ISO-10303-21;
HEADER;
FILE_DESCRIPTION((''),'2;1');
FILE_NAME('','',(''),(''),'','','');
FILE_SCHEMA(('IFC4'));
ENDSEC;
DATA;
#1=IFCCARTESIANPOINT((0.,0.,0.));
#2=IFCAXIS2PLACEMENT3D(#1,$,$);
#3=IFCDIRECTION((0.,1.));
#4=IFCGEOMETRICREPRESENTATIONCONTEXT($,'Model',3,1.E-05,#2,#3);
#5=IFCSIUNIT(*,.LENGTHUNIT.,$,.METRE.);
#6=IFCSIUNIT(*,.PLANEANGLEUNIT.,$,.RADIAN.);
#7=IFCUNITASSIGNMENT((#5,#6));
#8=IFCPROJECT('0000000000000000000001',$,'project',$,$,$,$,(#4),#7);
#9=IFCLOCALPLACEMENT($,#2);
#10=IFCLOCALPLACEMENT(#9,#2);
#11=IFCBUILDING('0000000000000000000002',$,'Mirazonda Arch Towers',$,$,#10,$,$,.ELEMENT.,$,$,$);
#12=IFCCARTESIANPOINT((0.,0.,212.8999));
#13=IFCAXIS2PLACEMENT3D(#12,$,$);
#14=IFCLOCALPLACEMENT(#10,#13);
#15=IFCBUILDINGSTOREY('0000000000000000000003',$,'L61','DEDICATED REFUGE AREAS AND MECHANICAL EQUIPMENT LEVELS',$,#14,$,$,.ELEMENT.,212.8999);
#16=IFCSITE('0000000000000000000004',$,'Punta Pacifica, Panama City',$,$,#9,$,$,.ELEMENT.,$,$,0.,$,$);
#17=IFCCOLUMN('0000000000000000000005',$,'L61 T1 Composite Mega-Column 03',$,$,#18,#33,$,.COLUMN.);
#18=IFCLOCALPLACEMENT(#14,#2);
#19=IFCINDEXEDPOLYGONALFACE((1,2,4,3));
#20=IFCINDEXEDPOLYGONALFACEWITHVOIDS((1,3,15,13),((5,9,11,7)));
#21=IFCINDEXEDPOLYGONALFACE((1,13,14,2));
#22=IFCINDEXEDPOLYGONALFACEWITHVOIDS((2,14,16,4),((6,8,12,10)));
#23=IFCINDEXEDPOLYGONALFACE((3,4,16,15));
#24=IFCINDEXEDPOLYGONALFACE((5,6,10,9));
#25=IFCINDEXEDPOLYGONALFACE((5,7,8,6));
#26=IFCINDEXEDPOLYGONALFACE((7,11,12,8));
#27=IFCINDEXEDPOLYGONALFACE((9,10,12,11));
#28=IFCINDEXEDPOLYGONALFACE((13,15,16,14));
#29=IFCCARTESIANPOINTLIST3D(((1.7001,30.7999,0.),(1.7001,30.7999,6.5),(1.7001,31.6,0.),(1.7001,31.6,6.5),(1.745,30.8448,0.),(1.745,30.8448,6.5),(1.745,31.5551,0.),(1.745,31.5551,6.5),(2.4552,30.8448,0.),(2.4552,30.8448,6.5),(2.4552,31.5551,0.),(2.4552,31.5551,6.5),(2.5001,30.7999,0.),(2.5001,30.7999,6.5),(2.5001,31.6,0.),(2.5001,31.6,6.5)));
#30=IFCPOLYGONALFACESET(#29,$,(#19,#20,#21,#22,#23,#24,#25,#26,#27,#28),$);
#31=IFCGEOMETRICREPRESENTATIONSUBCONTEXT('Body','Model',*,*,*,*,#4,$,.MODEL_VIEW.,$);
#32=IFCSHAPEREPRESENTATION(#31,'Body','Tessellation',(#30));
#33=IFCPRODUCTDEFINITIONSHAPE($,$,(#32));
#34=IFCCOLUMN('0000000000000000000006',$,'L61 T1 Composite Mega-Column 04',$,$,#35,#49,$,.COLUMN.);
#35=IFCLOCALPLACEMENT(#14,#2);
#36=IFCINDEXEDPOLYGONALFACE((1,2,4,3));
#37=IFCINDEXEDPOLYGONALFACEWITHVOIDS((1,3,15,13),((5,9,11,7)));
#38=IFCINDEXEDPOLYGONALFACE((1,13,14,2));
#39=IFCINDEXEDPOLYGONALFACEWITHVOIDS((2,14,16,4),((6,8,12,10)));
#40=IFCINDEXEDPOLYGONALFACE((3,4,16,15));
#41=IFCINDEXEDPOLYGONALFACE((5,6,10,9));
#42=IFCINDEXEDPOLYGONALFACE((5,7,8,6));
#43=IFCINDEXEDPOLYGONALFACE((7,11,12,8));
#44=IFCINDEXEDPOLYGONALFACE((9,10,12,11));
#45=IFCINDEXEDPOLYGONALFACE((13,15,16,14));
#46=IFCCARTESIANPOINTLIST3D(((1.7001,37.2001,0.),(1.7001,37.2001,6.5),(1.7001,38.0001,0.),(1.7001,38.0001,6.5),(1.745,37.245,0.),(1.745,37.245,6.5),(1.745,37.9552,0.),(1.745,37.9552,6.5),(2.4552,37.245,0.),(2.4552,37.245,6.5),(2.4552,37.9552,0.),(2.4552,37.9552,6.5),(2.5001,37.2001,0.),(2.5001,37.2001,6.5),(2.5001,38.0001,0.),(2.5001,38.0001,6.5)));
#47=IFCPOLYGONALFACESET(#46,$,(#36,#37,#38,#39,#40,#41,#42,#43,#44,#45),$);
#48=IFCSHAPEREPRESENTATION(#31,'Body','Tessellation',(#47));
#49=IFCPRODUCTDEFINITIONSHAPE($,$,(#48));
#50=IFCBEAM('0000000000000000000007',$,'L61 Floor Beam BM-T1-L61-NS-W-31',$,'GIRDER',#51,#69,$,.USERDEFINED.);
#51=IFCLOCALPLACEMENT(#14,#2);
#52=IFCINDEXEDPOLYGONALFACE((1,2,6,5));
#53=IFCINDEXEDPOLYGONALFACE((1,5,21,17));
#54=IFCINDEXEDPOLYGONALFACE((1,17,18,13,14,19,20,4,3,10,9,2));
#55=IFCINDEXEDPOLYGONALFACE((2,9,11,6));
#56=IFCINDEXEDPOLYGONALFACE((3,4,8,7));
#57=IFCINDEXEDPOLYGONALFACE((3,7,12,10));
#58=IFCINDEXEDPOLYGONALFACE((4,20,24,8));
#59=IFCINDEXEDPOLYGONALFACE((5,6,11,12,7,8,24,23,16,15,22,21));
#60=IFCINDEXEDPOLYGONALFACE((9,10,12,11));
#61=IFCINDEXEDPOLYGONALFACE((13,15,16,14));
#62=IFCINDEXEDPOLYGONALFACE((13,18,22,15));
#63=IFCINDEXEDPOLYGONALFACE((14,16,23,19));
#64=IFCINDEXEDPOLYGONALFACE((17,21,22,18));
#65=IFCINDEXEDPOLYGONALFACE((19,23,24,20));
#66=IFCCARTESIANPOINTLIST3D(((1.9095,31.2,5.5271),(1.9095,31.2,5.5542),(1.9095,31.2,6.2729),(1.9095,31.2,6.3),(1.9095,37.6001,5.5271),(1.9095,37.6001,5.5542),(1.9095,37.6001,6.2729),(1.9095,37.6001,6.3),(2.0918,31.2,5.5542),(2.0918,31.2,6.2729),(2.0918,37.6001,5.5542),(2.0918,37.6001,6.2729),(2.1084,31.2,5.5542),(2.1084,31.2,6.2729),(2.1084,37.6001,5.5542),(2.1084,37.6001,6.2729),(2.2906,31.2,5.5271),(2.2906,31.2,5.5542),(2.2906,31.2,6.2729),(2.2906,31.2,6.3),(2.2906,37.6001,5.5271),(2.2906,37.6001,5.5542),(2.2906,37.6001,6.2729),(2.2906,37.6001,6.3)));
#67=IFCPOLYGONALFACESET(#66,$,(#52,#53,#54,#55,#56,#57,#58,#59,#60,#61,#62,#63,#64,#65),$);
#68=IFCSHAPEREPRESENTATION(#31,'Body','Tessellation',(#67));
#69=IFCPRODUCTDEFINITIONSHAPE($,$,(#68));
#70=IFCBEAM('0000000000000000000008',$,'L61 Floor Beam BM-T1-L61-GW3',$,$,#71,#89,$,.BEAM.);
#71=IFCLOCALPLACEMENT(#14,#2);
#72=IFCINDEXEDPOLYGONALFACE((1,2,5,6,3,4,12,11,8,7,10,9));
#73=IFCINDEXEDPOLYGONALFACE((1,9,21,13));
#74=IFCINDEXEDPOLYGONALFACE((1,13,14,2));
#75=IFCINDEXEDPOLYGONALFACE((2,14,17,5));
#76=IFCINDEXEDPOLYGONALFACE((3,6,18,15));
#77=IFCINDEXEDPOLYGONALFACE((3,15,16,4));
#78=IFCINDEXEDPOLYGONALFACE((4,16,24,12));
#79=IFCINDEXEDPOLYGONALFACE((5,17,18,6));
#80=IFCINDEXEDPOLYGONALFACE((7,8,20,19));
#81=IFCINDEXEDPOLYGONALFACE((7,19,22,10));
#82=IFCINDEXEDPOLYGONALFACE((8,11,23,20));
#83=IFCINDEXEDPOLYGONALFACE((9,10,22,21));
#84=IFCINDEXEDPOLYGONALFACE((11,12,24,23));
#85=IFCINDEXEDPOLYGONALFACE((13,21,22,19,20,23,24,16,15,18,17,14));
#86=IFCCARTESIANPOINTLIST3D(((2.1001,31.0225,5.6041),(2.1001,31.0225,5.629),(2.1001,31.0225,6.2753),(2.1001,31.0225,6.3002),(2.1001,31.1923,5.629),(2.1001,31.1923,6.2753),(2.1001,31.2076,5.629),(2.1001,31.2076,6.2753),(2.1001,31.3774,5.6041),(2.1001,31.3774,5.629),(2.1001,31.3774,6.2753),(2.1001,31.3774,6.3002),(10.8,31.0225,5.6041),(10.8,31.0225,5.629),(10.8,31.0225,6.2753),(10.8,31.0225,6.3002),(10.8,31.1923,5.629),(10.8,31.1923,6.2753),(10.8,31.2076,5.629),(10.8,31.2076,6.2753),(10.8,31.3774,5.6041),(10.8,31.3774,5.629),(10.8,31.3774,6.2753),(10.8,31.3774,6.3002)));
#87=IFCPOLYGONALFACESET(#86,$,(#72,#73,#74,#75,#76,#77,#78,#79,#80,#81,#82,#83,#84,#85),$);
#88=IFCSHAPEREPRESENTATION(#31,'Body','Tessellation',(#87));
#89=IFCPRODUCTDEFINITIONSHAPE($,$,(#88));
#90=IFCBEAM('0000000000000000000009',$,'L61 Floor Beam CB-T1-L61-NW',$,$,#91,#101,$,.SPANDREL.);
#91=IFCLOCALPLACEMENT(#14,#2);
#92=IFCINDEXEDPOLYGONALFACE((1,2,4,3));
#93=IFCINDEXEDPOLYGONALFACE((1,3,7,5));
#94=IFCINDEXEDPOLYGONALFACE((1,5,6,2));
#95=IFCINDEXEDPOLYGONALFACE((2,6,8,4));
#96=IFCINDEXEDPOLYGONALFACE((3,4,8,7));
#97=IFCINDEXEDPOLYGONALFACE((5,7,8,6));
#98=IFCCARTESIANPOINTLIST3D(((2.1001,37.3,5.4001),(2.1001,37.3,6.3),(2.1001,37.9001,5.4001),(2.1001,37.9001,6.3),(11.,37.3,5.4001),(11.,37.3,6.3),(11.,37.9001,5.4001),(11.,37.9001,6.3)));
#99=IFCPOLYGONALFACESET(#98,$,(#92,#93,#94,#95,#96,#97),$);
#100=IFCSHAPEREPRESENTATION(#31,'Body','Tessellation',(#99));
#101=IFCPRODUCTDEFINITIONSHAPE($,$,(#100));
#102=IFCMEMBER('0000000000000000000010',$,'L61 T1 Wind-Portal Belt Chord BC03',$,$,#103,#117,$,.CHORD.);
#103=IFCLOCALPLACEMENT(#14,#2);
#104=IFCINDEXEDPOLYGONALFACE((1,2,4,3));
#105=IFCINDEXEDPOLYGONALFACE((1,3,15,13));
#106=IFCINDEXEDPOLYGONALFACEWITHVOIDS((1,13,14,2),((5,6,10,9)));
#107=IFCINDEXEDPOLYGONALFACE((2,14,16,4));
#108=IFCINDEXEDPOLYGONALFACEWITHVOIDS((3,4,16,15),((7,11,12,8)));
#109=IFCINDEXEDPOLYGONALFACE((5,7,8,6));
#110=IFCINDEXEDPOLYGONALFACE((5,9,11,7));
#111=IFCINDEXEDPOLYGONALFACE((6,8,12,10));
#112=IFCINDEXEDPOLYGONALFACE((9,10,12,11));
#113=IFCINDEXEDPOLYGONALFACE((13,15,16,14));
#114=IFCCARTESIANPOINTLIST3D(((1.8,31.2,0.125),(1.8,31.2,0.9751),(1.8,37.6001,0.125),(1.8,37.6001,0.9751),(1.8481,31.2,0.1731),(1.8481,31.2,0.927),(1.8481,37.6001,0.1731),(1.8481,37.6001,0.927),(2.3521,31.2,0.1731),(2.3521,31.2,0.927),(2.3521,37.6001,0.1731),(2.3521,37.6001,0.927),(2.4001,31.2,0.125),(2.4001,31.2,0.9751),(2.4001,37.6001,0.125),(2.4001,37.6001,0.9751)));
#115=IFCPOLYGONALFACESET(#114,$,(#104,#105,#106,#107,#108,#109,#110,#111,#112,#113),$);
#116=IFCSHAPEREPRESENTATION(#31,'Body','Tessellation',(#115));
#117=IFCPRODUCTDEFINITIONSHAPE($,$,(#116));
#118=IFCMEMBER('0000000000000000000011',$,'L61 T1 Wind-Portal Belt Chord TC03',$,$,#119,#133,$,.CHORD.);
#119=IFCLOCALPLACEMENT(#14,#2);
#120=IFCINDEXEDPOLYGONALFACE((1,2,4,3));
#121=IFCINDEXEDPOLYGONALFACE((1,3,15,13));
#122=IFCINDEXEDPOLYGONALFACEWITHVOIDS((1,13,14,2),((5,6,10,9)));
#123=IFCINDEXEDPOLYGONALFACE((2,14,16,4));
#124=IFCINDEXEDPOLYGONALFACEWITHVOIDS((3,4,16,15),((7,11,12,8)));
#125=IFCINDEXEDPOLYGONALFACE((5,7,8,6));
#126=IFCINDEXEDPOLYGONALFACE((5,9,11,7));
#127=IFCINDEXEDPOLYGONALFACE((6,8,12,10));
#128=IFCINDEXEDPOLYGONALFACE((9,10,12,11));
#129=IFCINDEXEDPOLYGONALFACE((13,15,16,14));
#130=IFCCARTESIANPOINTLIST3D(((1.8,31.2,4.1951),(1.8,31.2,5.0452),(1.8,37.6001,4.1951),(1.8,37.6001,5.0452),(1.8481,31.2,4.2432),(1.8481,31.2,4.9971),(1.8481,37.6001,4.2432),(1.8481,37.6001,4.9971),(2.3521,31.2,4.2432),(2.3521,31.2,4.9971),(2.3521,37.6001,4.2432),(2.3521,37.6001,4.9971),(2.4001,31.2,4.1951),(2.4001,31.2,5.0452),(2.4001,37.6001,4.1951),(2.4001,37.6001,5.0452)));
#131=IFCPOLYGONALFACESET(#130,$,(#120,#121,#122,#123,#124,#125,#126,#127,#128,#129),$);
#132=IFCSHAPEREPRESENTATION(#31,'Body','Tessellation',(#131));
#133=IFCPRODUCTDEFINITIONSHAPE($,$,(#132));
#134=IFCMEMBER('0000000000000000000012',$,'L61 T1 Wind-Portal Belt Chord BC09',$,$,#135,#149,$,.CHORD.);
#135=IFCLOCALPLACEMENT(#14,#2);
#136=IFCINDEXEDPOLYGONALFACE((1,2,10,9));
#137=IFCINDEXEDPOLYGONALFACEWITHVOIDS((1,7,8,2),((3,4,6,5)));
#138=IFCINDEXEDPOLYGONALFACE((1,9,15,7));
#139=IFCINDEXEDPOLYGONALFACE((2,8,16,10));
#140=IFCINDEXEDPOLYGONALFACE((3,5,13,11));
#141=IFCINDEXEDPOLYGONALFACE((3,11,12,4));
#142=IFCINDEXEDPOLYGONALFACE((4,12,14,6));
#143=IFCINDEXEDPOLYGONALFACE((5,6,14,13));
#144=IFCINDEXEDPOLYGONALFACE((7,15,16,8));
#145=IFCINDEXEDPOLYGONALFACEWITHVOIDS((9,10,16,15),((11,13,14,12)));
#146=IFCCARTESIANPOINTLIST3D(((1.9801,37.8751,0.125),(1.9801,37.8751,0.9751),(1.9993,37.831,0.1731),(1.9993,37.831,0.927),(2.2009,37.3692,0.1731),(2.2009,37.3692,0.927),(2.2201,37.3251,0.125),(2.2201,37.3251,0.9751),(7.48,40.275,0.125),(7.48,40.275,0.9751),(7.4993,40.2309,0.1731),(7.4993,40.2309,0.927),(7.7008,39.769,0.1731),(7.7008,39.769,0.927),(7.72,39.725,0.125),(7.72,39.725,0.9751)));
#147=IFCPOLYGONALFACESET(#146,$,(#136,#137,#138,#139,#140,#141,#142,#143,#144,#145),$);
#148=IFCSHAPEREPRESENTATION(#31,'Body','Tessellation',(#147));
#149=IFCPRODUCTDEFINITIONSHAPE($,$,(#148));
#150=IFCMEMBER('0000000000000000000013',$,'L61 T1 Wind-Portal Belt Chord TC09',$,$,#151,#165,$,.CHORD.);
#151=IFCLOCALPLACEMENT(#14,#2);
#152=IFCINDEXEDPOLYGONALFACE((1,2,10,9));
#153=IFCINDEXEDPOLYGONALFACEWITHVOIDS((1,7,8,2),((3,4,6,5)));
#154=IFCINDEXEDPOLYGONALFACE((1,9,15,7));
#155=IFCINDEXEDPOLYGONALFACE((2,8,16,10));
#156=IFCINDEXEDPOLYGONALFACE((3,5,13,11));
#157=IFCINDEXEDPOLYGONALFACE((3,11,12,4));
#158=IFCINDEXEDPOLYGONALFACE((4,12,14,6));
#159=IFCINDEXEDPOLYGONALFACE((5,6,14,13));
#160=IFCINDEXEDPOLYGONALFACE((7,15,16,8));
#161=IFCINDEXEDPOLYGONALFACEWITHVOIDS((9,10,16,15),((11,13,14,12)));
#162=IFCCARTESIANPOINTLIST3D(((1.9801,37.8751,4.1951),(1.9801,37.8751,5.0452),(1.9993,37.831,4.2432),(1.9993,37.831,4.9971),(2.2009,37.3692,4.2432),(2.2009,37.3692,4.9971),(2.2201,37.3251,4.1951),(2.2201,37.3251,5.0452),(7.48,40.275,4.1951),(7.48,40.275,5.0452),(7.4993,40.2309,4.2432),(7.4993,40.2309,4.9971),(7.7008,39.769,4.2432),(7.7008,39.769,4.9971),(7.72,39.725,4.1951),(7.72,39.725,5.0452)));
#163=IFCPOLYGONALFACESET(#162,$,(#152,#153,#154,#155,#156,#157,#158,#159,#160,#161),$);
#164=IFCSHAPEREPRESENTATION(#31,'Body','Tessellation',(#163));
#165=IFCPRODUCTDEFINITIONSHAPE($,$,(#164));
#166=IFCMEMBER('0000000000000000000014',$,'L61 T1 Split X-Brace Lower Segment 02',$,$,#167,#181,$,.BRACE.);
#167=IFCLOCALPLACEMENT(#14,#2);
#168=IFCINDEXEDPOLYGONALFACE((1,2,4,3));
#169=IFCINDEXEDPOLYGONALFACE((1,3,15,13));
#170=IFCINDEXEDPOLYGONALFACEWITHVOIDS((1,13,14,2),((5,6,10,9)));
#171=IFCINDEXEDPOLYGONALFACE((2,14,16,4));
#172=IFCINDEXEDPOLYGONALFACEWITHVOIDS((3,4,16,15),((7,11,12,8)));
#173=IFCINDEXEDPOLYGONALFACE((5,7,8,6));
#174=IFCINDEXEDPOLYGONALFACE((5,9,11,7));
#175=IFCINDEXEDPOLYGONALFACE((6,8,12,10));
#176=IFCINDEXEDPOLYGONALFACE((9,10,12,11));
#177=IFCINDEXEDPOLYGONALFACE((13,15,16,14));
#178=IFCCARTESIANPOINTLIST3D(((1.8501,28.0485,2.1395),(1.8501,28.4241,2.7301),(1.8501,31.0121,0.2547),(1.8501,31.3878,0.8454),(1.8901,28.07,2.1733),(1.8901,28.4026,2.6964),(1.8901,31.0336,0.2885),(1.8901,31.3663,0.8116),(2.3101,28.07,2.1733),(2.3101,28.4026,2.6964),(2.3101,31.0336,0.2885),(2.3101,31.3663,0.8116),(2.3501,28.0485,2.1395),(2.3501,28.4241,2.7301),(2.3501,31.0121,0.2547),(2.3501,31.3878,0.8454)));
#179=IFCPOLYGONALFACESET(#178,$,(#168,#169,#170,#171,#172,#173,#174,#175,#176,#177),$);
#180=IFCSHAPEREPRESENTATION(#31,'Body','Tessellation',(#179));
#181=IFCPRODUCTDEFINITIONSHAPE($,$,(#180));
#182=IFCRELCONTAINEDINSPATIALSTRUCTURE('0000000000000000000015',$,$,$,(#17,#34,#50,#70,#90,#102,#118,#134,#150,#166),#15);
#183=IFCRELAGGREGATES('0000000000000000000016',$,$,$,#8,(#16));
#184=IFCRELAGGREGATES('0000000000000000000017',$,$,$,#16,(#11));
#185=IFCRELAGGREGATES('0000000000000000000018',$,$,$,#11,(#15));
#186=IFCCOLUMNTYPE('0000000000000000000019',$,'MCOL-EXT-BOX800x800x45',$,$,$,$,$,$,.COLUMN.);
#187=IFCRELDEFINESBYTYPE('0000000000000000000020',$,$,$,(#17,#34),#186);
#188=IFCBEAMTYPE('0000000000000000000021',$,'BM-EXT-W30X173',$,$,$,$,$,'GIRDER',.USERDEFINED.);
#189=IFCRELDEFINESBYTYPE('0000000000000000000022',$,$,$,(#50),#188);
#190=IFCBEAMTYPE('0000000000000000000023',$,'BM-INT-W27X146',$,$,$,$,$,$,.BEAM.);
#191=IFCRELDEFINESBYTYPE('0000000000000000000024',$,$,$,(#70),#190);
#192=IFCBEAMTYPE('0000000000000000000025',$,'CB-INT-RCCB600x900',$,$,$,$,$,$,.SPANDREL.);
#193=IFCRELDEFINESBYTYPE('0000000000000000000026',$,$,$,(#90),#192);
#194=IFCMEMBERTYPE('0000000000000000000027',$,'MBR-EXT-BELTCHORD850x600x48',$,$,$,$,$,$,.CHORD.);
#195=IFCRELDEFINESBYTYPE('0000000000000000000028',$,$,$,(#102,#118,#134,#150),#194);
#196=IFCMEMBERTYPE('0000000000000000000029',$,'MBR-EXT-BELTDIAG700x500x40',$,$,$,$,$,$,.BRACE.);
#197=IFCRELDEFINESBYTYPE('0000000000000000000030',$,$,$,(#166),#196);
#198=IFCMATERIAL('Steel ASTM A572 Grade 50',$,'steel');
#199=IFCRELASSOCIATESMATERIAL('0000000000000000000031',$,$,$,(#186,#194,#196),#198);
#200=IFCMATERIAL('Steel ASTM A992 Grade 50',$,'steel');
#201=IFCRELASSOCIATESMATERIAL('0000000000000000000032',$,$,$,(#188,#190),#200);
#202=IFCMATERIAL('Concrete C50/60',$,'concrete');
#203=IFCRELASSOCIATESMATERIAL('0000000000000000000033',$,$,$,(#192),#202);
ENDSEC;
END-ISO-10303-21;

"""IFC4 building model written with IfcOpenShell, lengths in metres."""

from ifc_helpers import new_model, si_unit, direction, frame, origin, origin_2d, place, context, subcontext, project, spatial, rectangle, hollow_rectangle, i_section, extrude, material, material_profile, profile_set, type_object, element, save


model = new_model("IFC4")

# Units and contexts
model_context = context("Model", 3, precision=1e-05, world=origin(), true_north=direction((0.0, 1.0)))
body_context = subcontext(model_context, "Body", "Model", "MODEL_VIEW")
ifc_project = project(units=[si_unit("LENGTHUNIT", "METRE"), si_unit("PLANEANGLEUNIT", "RADIAN")], contexts=[model_context])

# Site, building, storey
site_placement = place(None, origin())
site = spatial("IfcSite", under=ifc_project, at=site_placement, Name="Punta Pacifica, Panama City", CompositionType="ELEMENT", RefElevation=0.0)
building_placement = place(site_placement, origin())
building = spatial("IfcBuilding", under=site, at=building_placement, Name="Mirazonda Arch Towers", CompositionType="ELEMENT")
storey_placement = place(building_placement, frame((0.0, 0.0, 212.8999)))
storey = spatial("IfcBuildingStorey", under=building, at=storey_placement, Name="L61", Description="DEDICATED REFUGE AREAS AND MECHANICAL EQUIPMENT LEVELS", CompositionType="ELEMENT", Elevation=212.8999)

# Columns
ifc_material_1 = material(Name="Steel ASTM A572 Grade 50", Category="steel")
ifc_material_profile_1 = material_profile(ifc_material_1, hollow_rectangle(XDim=0.8, YDim=0.8, WallThickness=0.0449, at=origin_2d()), Name="BOX800x800x45")
ifc_profile_set_1 = profile_set([ifc_material_profile_1], Name="Steel ASTM A572 Grade 50")
column_type = type_object("IfcColumnType", Name="MCOL-EXT-BOX800x800x45", PredefinedType="COLUMN", material=ifc_profile_set_1)
for number, where, z_axis, x_axis, name in (
    (1, (2.1001, 31.2, 0.0), (0.0, 0.0, 1.0), (1.0, 0.0, 0.0), "L61 T1 Composite Mega-Column 03"),
    (2, (2.1001, 37.6001, 0.0), (0.0, 0.0, 1.0), (1.0, 0.0, 0.0), "L61 T1 Composite Mega-Column 04"),
):
    element("IfcColumn", number, at=place(storey_placement, frame(where, z_axis=z_axis, x_axis=x_axis)), inside=storey, type_object=column_type, Name=name, PredefinedType="COLUMN", context=body_context, shape_type="SweptSolid", body=[
        extrude(hollow_rectangle(XDim=0.8, YDim=0.8, WallThickness=0.0449, at=origin_2d()), origin(), (0.0, 0.0, 1.0), 6.5),
    ])

# Beams
ifc_material_2 = material(Name="Steel ASTM A992 Grade 50", Category="steel")
ifc_material_profile_2 = material_profile(ifc_material_2, i_section(OverallWidth=0.3811, OverallDepth=0.7729, WebThickness=0.0166, FlangeThickness=0.0271, at=origin_2d()), Name="W30X173")
ifc_profile_set_2 = profile_set([ifc_material_profile_2], Name="Steel ASTM A992 Grade 50")
beam_type_1 = type_object("IfcBeamType", Name="BM-EXT-W30X173", ElementType="GIRDER", PredefinedType="USERDEFINED", material=ifc_profile_set_2)
beam_1_placement = place(storey_placement, frame((2.1001, 31.2, 5.9136), z_axis=(0.0, 1.0, 0.0), x_axis=(-1.0, 0.0, 0.0)))
element("IfcBeam", 3, at=beam_1_placement, inside=storey, type_object=beam_type_1, Name="L61 Floor Beam BM-T1-L61-NS-W-31", ObjectType="GIRDER", PredefinedType="USERDEFINED", context=body_context, shape_type="SweptSolid", body=[
    extrude(i_section(OverallWidth=0.3811, OverallDepth=0.7729, WebThickness=0.0166, FlangeThickness=0.0271, at=origin_2d()), origin(), (0.0, 0.0, 1.0), 6.4001),
])
ifc_material_profile_3 = material_profile(ifc_material_2, i_section(OverallWidth=0.355, OverallDepth=0.696, WebThickness=0.0154, FlangeThickness=0.0249, at=origin_2d()), Name="W27X146")
ifc_profile_set_3 = profile_set([ifc_material_profile_3], Name="Steel ASTM A992 Grade 50")
beam_type_2 = type_object("IfcBeamType", Name="BM-INT-W27X146", PredefinedType="BEAM", material=ifc_profile_set_3)
beam_2_placement = place(storey_placement, frame((2.1001, 31.2, 5.9521), z_axis=(1.0, 0.0, 0.0), x_axis=(0.0, 1.0, 0.0)))
element("IfcBeam", 4, at=beam_2_placement, inside=storey, type_object=beam_type_2, Name="L61 Floor Beam BM-T1-L61-GW3", PredefinedType="BEAM", context=body_context, shape_type="SweptSolid", body=[
    extrude(i_section(OverallWidth=0.355, OverallDepth=0.696, WebThickness=0.0154, FlangeThickness=0.0249, at=origin_2d()), origin(), (0.0, 0.0, 1.0), 8.7),
])
ifc_material_3 = material(Name="Concrete C50/60", Category="concrete")
ifc_material_profile_4 = material_profile(ifc_material_3, rectangle(XDim=0.6001, YDim=0.8999, at=origin_2d()), Name="RCCB600x900")
ifc_profile_set_4 = profile_set([ifc_material_profile_4], Name="Concrete C50/60")
beam_type_3 = type_object("IfcBeamType", Name="CB-INT-RCCB600x900", PredefinedType="SPANDREL", material=ifc_profile_set_4)
beam_3_placement = place(storey_placement, frame((2.1001, 37.6001, 5.8501), z_axis=(1.0, 0.0, 0.0), x_axis=(0.0, 1.0, 0.0)))
element("IfcBeam", 5, at=beam_3_placement, inside=storey, type_object=beam_type_3, Name="L61 Floor Beam CB-T1-L61-NW", PredefinedType="SPANDREL", context=body_context, shape_type="SweptSolid", body=[
    extrude(rectangle(XDim=0.6001, YDim=0.8999, at=origin_2d()), origin(), (0.0, 0.0, 1.0), 8.8999),
])

# Members
ifc_material_profile_5 = material_profile(ifc_material_1, hollow_rectangle(XDim=0.6001, YDim=0.8501, WallThickness=0.0481, at=origin_2d()), Name="BELTCHORD850x600x48")
ifc_profile_set_5 = profile_set([ifc_material_profile_5], Name="Steel ASTM A572 Grade 50")
member_type_1 = type_object("IfcMemberType", Name="MBR-EXT-BELTCHORD850x600x48", PredefinedType="CHORD", material=ifc_profile_set_5)
for number, where, z_axis, x_axis, name in (
    (6, (2.1001, 31.2, 0.55), (0.0, 1.0, 0.0), (-1.0, 0.0, 0.0), "L61 T1 Wind-Portal Belt Chord BC03"),
    (7, (2.1001, 31.2, 4.6201), (0.0, 1.0, 0.0), (-1.0, 0.0, 0.0), "L61 T1 Wind-Portal Belt Chord TC03"),
):
    element("IfcMember", number, at=place(storey_placement, frame(where, z_axis=z_axis, x_axis=x_axis)), inside=storey, type_object=member_type_1, Name=name, PredefinedType="CHORD", context=body_context, shape_type="SweptSolid", body=[
        extrude(hollow_rectangle(XDim=0.6001, YDim=0.8501, WallThickness=0.0481, at=origin_2d()), origin(), (0.0, 0.0, 1.0), 6.4001),
    ])
for number, where, z_axis, x_axis, name in (
    (8, (2.1001, 37.6001, 0.55), (0.916545, 0.399931, 0.0), (-0.399931, 0.916545, 0.0), "L61 T1 Wind-Portal Belt Chord BC09"),
    (9, (2.1001, 37.6001, 4.6201), (0.916545, 0.399931, 0.0), (-0.399931, 0.916545, 0.0), "L61 T1 Wind-Portal Belt Chord TC09"),
):
    element("IfcMember", number, at=place(storey_placement, frame(where, z_axis=z_axis, x_axis=x_axis)), inside=storey, type_object=member_type_1, Name=name, PredefinedType="CHORD", context=body_context, shape_type="SweptSolid", body=[
        extrude(hollow_rectangle(XDim=0.6001, YDim=0.8501, WallThickness=0.0481, at=origin_2d()), origin(), (0.0, 0.0, 1.0), 6.0007),
    ])
ifc_material_profile_6 = material_profile(ifc_material_1, hollow_rectangle(XDim=0.5, YDim=0.7, WallThickness=0.04, at=origin_2d()), Name="BELTDIAG700x500x40")
ifc_profile_set_6 = profile_set([ifc_material_profile_6], Name="Steel ASTM A572 Grade 50")
member_type_2 = type_object("IfcMemberType", Name="MBR-EXT-BELTDIAG700x500x40", PredefinedType="BRACE", material=ifc_profile_set_6)
for number, where, z_axis, x_axis, name in (
    (10, (2.1001, 31.2, 0.55), (0.0, -0.843813, 0.536637), (1.0, 0.0, 0.0), "L61 T1 Split X-Brace Lower Segment 02"),
):
    element("IfcMember", number, at=place(storey_placement, frame(where, z_axis=z_axis, x_axis=x_axis)), inside=storey, type_object=member_type_2, Name=name, PredefinedType="BRACE", context=body_context, shape_type="SweptSolid", body=[
        extrude(hollow_rectangle(XDim=0.5, YDim=0.7, WallThickness=0.04, at=origin_2d()), origin(), (0.0, 0.0, 1.0), 3.5122),
    ])

save(model, "model.ifc")
